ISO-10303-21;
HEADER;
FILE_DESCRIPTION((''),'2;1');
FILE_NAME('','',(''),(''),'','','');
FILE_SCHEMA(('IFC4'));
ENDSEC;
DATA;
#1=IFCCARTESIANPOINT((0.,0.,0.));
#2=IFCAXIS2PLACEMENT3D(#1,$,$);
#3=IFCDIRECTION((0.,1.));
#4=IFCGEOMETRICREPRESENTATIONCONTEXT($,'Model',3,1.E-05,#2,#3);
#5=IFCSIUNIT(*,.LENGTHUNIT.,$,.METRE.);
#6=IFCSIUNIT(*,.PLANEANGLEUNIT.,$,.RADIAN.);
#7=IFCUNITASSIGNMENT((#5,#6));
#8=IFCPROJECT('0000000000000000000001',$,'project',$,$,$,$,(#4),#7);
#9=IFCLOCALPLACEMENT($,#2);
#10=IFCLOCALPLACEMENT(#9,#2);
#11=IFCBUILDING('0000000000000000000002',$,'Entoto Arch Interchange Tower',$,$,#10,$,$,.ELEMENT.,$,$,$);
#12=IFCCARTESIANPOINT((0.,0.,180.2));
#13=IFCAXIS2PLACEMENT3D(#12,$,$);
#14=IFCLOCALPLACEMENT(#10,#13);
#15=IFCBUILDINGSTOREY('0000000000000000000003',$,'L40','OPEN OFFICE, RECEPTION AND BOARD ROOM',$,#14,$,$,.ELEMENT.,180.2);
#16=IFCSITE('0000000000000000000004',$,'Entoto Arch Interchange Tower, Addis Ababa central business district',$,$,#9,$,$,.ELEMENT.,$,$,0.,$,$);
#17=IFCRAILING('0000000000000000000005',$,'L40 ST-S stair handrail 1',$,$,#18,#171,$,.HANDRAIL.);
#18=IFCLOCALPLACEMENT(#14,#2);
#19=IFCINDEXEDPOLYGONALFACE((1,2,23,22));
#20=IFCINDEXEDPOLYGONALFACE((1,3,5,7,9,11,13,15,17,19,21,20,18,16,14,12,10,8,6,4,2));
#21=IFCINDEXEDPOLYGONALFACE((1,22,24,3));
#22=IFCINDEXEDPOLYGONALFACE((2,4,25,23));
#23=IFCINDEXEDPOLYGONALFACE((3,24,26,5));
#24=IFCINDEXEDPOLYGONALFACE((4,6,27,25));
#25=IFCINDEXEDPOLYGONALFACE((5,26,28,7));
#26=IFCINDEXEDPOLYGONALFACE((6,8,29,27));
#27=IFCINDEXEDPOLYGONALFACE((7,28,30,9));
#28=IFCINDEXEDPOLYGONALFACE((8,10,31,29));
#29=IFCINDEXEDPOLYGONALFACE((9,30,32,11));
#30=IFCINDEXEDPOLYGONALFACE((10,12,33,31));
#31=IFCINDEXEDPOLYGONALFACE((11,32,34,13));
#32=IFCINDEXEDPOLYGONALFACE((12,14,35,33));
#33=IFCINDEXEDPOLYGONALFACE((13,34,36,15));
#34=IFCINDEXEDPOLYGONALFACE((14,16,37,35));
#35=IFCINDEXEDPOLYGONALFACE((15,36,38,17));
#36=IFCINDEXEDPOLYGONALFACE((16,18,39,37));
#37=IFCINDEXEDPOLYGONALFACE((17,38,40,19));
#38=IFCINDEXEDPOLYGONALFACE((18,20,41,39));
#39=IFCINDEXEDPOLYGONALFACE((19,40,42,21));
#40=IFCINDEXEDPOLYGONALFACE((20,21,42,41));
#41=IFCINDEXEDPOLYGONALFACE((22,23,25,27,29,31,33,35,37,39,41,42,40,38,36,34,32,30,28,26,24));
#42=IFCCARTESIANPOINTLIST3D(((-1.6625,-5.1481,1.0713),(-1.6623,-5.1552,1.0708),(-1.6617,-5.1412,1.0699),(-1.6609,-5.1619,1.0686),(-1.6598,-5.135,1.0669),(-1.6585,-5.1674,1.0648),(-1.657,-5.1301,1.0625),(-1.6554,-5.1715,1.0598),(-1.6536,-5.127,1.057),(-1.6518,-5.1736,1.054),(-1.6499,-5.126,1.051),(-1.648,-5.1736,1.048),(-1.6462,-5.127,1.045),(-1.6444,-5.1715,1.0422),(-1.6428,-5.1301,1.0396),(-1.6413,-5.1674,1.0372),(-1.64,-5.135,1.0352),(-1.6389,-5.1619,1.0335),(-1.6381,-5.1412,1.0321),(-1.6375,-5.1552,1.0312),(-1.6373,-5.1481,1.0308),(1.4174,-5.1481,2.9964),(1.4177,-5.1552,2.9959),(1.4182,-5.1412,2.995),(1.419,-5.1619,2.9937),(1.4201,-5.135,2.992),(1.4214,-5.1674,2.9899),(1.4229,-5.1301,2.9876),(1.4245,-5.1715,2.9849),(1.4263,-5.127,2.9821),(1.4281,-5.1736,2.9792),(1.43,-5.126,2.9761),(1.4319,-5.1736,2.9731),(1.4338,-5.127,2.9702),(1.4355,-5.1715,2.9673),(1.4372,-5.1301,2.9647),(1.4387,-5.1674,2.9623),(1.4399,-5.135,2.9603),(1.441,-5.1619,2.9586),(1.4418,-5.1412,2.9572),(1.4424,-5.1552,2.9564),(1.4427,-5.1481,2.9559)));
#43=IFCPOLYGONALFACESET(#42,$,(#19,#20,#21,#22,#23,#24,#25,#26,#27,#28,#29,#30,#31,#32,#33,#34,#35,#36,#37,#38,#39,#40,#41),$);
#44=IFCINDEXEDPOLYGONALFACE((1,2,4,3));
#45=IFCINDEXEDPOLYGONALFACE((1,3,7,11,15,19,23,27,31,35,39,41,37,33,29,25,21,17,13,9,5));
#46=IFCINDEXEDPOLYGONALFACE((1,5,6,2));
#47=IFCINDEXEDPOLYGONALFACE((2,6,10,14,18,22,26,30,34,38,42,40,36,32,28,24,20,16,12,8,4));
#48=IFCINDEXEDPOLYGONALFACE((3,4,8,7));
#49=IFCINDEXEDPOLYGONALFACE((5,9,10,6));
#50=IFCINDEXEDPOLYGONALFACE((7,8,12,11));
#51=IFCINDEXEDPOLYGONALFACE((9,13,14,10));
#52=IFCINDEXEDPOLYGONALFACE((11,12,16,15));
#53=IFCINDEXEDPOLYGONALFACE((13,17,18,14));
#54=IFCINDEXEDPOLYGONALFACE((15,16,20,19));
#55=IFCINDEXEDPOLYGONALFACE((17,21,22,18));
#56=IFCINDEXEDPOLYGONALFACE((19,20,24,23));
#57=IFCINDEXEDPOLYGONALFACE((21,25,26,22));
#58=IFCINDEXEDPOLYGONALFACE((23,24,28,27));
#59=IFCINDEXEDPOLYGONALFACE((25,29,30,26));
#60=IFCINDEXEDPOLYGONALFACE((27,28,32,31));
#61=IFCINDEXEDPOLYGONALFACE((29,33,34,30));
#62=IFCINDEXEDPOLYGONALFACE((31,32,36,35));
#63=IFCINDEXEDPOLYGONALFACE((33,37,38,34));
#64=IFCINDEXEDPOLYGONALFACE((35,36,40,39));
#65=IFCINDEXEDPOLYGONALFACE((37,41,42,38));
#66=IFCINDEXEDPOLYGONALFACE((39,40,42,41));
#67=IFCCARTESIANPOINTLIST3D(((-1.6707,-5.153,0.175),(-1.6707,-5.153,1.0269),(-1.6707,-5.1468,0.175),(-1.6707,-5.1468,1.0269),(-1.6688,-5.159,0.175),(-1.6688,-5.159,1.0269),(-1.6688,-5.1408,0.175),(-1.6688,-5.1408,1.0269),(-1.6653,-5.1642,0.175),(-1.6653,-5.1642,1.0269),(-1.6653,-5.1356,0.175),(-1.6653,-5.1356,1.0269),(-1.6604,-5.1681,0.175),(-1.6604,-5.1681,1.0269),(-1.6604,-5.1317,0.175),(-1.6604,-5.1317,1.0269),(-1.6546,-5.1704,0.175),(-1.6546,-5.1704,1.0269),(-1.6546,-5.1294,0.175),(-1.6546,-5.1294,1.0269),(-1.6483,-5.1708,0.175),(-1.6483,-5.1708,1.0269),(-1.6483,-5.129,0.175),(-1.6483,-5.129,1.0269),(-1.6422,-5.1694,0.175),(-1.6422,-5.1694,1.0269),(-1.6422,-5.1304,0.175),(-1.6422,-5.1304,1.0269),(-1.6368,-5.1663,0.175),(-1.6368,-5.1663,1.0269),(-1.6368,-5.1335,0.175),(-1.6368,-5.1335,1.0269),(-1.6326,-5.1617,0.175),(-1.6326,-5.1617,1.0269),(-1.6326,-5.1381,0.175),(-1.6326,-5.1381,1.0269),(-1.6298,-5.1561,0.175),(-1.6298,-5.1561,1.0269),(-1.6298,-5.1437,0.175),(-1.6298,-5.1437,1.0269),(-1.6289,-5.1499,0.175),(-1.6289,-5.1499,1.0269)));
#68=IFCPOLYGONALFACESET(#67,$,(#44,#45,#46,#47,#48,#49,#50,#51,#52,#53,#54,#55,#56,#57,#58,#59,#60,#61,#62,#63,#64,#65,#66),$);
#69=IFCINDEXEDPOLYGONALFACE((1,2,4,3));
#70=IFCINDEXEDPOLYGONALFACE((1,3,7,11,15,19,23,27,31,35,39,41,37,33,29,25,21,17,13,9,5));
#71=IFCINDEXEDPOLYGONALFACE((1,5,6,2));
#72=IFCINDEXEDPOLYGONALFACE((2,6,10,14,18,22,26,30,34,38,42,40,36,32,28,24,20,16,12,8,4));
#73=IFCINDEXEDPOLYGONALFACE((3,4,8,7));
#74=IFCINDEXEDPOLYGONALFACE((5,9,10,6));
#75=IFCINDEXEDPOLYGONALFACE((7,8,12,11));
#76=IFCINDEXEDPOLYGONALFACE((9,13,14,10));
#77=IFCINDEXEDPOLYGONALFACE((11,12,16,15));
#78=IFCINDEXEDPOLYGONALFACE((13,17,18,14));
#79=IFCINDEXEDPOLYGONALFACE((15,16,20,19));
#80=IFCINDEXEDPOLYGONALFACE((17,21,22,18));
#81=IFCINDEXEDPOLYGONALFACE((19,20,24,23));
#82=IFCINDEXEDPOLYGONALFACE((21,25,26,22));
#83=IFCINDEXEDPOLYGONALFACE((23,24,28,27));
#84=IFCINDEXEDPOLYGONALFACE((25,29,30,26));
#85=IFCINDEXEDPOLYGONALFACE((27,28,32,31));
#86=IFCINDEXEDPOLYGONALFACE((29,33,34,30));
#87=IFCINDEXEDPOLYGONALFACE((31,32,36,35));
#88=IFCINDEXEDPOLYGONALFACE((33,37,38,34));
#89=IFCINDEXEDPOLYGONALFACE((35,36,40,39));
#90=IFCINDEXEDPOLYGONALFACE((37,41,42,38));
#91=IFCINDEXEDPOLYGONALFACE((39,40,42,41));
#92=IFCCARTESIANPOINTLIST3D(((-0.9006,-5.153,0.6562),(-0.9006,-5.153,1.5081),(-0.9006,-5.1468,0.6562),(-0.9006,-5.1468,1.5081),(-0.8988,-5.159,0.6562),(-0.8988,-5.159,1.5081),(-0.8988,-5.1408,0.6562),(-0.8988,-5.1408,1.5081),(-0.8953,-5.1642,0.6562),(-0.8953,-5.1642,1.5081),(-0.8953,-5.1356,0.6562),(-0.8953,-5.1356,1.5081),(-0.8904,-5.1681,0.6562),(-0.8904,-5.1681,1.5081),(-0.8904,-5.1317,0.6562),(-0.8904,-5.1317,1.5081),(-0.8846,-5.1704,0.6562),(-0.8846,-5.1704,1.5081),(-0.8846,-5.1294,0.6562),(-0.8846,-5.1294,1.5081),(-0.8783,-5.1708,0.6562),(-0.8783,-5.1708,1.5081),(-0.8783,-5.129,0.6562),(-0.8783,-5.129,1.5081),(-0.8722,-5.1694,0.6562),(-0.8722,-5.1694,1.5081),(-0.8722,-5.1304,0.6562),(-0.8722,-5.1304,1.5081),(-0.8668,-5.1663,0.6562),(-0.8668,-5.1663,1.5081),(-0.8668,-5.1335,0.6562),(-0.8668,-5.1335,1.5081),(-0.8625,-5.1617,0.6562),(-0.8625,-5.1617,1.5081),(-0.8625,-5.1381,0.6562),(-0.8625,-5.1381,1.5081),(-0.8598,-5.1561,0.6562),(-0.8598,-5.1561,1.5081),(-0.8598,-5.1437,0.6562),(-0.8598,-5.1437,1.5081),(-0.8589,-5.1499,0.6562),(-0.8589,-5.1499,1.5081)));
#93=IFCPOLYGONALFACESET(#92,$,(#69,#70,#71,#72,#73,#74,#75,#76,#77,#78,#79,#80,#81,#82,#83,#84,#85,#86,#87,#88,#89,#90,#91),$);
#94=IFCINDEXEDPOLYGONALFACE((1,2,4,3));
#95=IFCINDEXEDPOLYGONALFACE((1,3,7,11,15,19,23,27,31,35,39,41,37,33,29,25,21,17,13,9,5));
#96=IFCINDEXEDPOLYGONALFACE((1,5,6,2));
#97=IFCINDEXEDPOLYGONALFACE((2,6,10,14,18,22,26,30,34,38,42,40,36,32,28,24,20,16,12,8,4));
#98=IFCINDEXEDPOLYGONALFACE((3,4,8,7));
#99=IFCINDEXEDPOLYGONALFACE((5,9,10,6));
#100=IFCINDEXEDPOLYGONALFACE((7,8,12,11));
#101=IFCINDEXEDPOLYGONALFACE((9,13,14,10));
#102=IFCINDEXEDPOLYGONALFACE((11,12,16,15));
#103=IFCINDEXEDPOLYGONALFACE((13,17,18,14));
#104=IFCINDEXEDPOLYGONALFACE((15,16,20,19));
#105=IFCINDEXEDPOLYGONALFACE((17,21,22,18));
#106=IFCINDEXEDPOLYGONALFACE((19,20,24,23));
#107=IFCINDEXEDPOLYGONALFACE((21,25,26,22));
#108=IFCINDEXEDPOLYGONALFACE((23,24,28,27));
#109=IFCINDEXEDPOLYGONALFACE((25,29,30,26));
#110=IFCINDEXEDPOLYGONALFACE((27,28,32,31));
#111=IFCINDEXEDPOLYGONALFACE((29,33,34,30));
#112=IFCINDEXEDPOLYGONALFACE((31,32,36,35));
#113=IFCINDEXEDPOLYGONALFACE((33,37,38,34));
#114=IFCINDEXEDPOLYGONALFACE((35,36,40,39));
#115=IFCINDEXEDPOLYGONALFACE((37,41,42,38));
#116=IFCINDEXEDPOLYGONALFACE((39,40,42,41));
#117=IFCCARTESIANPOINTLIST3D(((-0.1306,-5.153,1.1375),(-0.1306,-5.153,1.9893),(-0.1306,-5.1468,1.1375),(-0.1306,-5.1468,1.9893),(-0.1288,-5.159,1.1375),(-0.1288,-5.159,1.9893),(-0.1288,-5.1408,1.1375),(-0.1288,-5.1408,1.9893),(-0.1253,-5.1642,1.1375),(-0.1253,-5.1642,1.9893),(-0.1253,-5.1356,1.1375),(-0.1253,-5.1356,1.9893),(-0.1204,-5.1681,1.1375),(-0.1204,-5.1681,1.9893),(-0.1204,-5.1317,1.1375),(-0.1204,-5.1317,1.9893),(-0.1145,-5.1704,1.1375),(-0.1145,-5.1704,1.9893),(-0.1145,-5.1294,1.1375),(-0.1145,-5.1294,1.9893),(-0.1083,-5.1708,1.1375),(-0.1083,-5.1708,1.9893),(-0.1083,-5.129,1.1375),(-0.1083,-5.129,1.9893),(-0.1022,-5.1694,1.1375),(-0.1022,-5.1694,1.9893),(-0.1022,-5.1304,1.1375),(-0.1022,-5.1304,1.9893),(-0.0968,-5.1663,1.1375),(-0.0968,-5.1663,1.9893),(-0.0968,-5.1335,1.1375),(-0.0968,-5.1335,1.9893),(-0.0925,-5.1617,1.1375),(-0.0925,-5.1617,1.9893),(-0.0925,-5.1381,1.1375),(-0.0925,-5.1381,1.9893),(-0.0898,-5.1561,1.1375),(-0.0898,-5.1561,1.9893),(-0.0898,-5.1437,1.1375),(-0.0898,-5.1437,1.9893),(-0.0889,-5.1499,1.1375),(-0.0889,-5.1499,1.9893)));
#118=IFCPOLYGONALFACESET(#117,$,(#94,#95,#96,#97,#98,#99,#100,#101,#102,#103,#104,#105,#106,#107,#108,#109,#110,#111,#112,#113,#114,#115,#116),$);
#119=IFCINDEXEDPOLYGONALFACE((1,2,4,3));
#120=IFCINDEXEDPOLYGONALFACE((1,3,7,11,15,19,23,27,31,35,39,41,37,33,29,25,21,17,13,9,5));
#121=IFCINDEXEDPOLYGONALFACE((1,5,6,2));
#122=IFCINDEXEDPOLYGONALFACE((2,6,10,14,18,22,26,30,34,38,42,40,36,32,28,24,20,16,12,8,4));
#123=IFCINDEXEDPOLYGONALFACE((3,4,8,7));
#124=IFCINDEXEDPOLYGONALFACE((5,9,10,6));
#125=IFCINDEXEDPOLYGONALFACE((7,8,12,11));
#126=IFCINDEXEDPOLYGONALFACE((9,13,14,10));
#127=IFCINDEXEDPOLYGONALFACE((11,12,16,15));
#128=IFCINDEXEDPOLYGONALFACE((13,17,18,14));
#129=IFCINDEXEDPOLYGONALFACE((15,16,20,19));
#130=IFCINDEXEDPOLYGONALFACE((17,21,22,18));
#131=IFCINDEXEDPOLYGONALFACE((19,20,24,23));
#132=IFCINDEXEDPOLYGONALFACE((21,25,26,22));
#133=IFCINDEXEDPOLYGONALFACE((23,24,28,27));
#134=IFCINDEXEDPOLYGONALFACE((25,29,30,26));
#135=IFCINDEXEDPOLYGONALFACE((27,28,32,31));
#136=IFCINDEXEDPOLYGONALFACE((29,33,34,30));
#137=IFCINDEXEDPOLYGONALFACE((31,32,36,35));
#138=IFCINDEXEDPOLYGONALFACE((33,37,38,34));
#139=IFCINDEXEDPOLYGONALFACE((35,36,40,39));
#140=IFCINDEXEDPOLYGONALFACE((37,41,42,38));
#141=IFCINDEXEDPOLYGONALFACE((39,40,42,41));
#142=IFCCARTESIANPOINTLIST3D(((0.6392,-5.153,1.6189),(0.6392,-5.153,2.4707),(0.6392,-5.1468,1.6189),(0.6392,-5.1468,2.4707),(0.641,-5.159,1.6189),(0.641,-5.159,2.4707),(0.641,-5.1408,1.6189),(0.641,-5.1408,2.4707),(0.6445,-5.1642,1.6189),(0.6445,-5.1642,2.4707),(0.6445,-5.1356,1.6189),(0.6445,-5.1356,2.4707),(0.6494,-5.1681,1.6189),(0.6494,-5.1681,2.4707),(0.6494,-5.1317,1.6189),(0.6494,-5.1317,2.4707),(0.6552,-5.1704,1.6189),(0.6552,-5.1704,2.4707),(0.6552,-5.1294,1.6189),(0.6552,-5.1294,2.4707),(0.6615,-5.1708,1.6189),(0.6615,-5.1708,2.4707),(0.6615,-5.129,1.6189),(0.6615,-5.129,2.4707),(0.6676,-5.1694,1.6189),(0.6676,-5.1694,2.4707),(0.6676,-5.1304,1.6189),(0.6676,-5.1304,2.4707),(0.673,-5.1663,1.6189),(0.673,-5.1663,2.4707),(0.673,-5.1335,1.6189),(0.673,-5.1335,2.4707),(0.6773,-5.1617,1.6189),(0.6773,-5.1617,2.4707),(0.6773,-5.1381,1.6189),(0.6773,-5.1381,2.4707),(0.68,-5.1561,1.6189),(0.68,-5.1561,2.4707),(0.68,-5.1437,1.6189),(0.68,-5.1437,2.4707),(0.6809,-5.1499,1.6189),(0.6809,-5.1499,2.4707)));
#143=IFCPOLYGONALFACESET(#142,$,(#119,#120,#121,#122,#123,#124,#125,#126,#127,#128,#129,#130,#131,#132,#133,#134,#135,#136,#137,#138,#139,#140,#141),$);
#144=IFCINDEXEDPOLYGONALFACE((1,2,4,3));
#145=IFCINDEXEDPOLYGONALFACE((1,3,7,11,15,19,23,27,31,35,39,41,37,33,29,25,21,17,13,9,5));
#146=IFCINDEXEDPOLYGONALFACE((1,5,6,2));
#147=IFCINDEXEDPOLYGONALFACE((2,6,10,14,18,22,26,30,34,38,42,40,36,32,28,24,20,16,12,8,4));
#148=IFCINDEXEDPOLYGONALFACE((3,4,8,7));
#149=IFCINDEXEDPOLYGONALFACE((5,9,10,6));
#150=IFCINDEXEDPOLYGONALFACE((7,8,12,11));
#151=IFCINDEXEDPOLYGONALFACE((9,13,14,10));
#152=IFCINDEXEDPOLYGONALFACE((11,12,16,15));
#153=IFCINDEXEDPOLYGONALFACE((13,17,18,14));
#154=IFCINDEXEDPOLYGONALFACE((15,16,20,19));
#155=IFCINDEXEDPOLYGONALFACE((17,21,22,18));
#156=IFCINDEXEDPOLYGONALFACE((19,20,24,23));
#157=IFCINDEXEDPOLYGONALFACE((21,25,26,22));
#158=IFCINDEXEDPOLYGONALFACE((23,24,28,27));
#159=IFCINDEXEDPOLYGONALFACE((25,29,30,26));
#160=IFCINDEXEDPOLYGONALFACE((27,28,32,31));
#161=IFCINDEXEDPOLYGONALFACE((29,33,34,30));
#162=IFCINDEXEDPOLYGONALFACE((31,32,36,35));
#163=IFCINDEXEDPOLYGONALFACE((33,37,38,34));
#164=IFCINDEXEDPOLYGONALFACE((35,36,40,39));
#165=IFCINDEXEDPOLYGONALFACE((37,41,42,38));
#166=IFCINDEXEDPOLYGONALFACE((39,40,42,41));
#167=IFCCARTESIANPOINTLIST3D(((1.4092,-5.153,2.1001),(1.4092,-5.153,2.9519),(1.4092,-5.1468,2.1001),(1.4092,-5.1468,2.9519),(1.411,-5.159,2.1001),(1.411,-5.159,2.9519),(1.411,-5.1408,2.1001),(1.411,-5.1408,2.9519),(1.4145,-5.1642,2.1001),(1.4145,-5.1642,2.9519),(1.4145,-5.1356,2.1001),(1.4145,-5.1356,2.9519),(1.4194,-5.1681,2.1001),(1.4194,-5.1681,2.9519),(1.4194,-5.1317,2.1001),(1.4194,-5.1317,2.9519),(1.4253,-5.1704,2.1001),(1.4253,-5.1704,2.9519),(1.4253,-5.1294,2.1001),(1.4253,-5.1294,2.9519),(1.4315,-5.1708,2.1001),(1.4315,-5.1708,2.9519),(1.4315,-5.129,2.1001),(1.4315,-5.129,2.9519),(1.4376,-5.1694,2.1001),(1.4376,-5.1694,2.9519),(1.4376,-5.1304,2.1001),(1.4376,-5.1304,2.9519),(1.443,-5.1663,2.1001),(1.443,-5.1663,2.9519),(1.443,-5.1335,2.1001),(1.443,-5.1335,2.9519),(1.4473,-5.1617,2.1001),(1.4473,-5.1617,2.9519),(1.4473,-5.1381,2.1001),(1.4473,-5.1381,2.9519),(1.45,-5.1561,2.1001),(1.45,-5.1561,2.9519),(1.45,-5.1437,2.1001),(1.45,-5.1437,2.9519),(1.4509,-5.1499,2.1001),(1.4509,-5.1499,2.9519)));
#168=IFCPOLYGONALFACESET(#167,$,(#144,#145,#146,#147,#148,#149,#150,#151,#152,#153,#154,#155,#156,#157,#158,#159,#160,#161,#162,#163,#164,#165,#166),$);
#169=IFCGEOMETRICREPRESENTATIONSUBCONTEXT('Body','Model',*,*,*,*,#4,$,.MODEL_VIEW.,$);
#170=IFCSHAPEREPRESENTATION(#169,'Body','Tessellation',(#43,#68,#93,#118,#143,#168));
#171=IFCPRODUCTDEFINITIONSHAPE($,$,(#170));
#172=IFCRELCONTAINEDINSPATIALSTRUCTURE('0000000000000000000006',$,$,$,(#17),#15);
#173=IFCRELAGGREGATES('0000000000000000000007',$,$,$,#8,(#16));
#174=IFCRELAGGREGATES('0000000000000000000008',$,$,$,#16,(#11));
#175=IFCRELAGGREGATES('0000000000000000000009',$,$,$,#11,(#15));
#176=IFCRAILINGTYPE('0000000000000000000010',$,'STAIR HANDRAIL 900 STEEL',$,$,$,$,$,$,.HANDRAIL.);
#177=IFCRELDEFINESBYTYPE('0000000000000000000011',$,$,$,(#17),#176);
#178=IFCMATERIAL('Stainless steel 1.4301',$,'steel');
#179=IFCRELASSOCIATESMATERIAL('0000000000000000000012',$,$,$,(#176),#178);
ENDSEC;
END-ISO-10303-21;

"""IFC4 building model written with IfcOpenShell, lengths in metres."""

from ifc_helpers import new_model, si_unit, direction, frame, origin, origin_2d, place, context, subcontext, project, spatial, circle, extrude, material, type_object, element, save


model = new_model("IFC4")

# Units and contexts
model_context = context("Model", 3, precision=1e-05, world=origin(), true_north=direction((0.0, 1.0)))
body_context = subcontext(model_context, "Body", "Model", "MODEL_VIEW")
ifc_project = project(units=[si_unit("LENGTHUNIT", "METRE"), si_unit("PLANEANGLEUNIT", "RADIAN")], contexts=[model_context])

# Site, building, storey
site_placement = place(None, origin())
site = spatial("IfcSite", under=ifc_project, at=site_placement, Name="Entoto Arch Interchange Tower, Addis Ababa central business district", CompositionType="ELEMENT", RefElevation=0.0)
building_placement = place(site_placement, origin())
building = spatial("IfcBuilding", under=site, at=building_placement, Name="Entoto Arch Interchange Tower", CompositionType="ELEMENT")
storey_placement = place(building_placement, frame((0.0, 0.0, 180.2)))
storey = spatial("IfcBuildingStorey", under=building, at=storey_placement, Name="L40", Description="OPEN OFFICE, RECEPTION AND BOARD ROOM", CompositionType="ELEMENT", Elevation=180.2)

# Railing
ifc_material_1 = material(Name="Stainless steel 1.4301", Category="steel")
railing_type = type_object("IfcRailingType", Name="STAIR HANDRAIL 900 STEEL", PredefinedType="HANDRAIL", material=ifc_material_1)
railing_placement = place(storey_placement, frame((-1.6499, -5.1499, 0.175)))
element("IfcRailing", 1, at=railing_placement, inside=storey, type_object=railing_type, Name="L40 ST-S stair handrail 1", PredefinedType="HANDRAIL", context=body_context, shape_type="SweptSolid", body=[
    extrude(circle(Radius=0.0239, at=origin_2d()), frame((0.0, 0.0, 0.876), z_axis=(0.847979, 0.0, 0.530029), x_axis=(0.0, 1.0, 0.0)), (0.0, 0.0, 1.0), 3.6321),
    extrude(circle(Radius=0.021, at=origin_2d()), origin(), (0.0, 0.0, 1.0), 0.8518),
    extrude(circle(Radius=0.021, at=origin_2d()), frame((0.77, 0.0, 0.4812)), (0.0, 0.0, 1.0), 0.8518),
    extrude(circle(Radius=0.021, at=origin_2d()), frame((1.54, 0.0, 0.9624)), (0.0, 0.0, 1.0), 0.8518),
    extrude(circle(Radius=0.021, at=origin_2d()), frame((2.3098, 0.0, 1.4438)), (0.0, 0.0, 1.0), 0.8518),
    extrude(circle(Radius=0.021, at=origin_2d()), frame((3.0798, 0.0, 1.925)), (0.0, 0.0, 1.0), 0.8518),
])

save(model, "model.ifc")
